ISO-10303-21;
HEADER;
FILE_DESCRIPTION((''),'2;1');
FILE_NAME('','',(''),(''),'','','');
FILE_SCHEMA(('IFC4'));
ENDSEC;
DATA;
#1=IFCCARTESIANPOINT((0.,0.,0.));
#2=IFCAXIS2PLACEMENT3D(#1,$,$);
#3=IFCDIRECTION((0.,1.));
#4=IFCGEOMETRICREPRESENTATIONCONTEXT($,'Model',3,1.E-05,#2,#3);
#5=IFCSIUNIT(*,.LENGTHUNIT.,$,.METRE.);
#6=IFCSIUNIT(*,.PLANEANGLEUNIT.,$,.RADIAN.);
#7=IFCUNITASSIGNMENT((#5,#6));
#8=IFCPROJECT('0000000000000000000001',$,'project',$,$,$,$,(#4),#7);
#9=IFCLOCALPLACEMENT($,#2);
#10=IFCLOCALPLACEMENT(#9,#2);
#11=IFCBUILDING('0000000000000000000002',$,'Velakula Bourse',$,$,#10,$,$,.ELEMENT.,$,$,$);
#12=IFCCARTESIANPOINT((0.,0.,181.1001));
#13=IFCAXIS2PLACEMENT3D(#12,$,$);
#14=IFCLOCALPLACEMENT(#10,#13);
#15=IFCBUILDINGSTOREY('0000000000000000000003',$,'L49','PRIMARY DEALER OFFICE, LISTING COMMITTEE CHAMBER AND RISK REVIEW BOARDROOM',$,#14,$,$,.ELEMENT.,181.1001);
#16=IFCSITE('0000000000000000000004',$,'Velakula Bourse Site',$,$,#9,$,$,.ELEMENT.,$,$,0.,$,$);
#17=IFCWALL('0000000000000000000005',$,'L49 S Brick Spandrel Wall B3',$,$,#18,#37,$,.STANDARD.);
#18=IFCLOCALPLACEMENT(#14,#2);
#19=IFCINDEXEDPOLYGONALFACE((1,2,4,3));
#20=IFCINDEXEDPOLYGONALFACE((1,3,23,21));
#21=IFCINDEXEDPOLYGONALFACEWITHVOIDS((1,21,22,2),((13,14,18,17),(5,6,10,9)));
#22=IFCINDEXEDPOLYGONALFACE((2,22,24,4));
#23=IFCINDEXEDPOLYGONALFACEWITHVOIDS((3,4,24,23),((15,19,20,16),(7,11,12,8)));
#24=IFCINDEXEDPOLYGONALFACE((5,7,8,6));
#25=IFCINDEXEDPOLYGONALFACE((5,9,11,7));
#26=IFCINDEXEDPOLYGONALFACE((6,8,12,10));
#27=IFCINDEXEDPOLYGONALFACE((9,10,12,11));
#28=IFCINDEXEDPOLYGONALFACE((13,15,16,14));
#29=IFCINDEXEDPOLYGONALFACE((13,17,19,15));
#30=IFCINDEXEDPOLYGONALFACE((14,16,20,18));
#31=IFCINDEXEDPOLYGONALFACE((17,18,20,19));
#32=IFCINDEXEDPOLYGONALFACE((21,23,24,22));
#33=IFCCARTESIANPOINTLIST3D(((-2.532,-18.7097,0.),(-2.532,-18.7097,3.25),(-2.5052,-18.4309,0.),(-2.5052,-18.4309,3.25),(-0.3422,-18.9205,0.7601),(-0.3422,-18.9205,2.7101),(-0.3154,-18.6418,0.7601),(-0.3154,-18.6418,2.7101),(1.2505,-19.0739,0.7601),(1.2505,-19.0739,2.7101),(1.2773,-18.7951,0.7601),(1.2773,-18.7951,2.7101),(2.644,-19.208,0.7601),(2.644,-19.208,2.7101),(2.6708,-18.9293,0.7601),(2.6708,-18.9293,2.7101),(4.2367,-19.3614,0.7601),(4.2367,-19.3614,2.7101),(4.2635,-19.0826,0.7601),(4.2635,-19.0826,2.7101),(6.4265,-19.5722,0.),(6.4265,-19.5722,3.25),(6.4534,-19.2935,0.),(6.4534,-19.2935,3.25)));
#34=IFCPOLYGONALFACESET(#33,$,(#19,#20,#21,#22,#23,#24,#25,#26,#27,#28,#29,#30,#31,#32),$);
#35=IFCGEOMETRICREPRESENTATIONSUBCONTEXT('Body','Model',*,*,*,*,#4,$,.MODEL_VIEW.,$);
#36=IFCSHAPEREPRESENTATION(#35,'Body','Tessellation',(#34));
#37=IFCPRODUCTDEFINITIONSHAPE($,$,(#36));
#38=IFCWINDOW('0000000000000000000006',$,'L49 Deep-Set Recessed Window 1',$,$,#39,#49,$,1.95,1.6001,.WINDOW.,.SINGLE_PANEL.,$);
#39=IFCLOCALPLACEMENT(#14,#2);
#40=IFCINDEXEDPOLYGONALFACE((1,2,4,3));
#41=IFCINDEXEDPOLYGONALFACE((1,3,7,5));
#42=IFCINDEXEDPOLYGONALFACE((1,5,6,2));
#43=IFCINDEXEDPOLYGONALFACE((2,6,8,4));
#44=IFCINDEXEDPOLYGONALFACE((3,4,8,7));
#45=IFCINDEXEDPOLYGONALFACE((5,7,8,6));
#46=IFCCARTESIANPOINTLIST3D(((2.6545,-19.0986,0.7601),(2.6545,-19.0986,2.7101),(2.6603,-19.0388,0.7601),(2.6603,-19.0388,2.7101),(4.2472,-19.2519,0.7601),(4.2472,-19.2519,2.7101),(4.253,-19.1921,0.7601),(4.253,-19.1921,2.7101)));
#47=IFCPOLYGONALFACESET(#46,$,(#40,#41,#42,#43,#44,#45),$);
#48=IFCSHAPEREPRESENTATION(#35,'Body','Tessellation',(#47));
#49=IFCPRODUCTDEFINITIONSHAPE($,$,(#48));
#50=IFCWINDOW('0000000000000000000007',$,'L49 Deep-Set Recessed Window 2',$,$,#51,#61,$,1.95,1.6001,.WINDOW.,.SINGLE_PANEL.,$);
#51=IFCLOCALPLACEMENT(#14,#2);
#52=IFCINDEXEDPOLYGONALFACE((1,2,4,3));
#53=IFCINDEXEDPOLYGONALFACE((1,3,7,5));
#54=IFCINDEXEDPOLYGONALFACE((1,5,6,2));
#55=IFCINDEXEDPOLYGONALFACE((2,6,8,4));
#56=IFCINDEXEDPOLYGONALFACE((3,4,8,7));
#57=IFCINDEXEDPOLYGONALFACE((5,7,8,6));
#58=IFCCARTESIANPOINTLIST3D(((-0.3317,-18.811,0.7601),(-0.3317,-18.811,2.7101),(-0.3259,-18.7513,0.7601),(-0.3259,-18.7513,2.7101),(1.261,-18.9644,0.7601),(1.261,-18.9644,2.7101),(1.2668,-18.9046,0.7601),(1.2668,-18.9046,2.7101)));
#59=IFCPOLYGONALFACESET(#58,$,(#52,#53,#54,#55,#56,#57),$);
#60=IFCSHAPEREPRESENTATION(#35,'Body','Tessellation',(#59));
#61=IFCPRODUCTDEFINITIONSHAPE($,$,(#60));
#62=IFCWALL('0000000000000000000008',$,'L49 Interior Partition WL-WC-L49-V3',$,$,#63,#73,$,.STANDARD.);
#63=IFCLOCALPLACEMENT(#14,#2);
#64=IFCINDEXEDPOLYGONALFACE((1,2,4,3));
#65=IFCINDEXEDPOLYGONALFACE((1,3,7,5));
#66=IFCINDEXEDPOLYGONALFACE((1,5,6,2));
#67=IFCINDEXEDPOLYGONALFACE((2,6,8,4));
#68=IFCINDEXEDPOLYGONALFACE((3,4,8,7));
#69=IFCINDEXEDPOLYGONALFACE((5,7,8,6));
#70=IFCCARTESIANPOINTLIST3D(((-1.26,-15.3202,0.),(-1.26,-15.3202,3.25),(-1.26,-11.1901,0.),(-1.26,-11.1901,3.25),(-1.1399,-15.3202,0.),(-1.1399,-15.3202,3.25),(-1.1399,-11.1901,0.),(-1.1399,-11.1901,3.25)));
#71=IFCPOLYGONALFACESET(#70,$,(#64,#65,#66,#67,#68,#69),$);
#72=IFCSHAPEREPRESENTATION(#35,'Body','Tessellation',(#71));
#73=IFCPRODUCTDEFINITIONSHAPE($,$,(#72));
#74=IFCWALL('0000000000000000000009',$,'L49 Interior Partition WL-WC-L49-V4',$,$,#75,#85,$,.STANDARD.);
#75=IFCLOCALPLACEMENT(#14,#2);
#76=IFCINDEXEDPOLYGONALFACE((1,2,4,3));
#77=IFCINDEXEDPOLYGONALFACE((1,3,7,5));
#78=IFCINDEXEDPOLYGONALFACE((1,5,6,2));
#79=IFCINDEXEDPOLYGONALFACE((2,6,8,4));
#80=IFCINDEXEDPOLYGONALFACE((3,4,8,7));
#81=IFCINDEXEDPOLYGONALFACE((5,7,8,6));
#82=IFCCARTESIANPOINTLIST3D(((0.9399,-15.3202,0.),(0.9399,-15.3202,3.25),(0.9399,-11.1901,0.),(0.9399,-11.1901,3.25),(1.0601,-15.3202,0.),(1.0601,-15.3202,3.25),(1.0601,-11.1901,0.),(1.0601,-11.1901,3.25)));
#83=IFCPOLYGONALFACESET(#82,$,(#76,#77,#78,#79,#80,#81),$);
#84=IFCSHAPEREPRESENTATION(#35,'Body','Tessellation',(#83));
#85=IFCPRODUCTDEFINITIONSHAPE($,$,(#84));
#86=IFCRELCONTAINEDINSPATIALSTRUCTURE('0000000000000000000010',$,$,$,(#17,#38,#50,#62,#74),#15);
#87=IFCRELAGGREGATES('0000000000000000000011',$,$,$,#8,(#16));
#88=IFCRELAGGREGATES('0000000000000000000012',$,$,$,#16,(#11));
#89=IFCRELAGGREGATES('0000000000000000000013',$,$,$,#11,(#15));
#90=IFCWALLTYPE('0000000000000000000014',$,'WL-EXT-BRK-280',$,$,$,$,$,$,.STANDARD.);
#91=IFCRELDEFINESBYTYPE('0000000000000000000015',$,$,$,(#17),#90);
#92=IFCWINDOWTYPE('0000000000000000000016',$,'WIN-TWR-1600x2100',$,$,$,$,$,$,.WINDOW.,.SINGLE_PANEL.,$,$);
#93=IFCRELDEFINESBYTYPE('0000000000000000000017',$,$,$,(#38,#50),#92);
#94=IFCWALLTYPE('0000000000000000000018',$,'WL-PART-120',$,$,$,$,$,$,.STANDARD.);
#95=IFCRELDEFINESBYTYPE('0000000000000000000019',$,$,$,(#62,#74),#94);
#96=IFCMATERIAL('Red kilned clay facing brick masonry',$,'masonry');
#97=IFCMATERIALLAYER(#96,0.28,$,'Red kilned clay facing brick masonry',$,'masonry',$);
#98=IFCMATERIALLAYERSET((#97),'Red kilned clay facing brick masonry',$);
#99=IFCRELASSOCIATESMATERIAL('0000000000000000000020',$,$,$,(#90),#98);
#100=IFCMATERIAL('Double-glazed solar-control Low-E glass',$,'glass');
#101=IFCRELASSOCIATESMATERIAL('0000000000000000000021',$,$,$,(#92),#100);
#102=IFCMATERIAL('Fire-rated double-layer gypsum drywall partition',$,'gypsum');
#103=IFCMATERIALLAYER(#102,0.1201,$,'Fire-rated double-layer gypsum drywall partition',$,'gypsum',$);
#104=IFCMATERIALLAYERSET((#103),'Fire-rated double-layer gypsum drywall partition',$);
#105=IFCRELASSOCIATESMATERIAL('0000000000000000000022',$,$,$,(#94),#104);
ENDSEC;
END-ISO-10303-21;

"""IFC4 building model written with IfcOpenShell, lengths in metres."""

from ifc_helpers import new_model, si_unit, direction, frame, frame_2d, origin, place, context, subcontext, project, spatial, rectangle, extrude, material, layer, layer_set, type_object, element, fill, save


model = new_model("IFC4")

# Units and contexts
model_context = context("Model", 3, precision=1e-05, world=origin(), true_north=direction((0.0, 1.0)))
body_context = subcontext(model_context, "Body", "Model", "MODEL_VIEW")
ifc_project = project(units=[si_unit("LENGTHUNIT", "METRE"), si_unit("PLANEANGLEUNIT", "RADIAN")], contexts=[model_context])

# Site, building, storey
site_placement = place(None, origin())
site = spatial("IfcSite", under=ifc_project, at=site_placement, Name="Velakula Bourse Site", CompositionType="ELEMENT", RefElevation=0.0)
building_placement = place(site_placement, origin())
building = spatial("IfcBuilding", under=site, at=building_placement, Name="Velakula Bourse", CompositionType="ELEMENT")
storey_placement = place(building_placement, frame((0.0, 0.0, 181.1001)))
storey = spatial("IfcBuildingStorey", under=building, at=storey_placement, Name="L49", Description="PRIMARY DEALER OFFICE, LISTING COMMITTEE CHAMBER AND RISK REVIEW BOARDROOM", CompositionType="ELEMENT", Elevation=181.1001)

# Wall, openings, windows
ifc_material_1 = material(Name="Red kilned clay facing brick masonry", Category="masonry")
ifc_layer_1 = layer(ifc_material_1, 0.28, Name="Red kilned clay facing brick masonry", Category="masonry")
ifc_layer_set_1 = layer_set([ifc_layer_1], Name="Red kilned clay facing brick masonry")
wall_type_1 = type_object("IfcWallType", Name="WL-EXT-BRK-280", PredefinedType="STANDARD", material=ifc_layer_set_1)
ifc_material_2 = material(Name="Double-glazed solar-control Low-E glass", Category="glass")
window_type = type_object("IfcWindowType", Name="WIN-TWR-1600x2100", PartitioningType="SINGLE_PANEL", PredefinedType="WINDOW", material=ifc_material_2)
wall_1_placement = place(storey_placement, frame((6.4399, -19.4329, 0.0), z_axis=(0.0, 0.0, 1.0), x_axis=(-0.995397, 0.09584, 0.0)))
wall_1 = element("IfcWall", 1, at=wall_1_placement, inside=storey, type_object=wall_type_1, Name="L49 S Brick Spandrel Wall B3", PredefinedType="STANDARD", context=body_context, shape_type="SweptSolid", body=[
    extrude(rectangle(XDim=9.0, YDim=0.28, at=frame_2d((4.5, 0.0))), origin(), (0.0, 0.0, 1.0), 3.25),
])
opening_1_placement = place(wall_1_placement, frame((2.2, 0.0, 0.76)))
opening_1 = element("IfcOpeningElement", 2, at=opening_1_placement, cuts=wall_1, PredefinedType="OPENING", context=body_context, shape_type="SweptSolid", body=[
    extrude(rectangle(XDim=1.6001, YDim=1.95, at=frame_2d((0.8, 0.9751))), frame((0.0, 0.1499, 0.0), z_axis=(0.0, -1.0, 0.0), x_axis=(1.0, 0.0, 0.0)), (0.0, 0.0, 1.0), 0.3),
])
opening_2_placement = place(wall_1_placement, frame((5.2, 0.0, 0.76)))
opening_2 = element("IfcOpeningElement", 3, at=opening_2_placement, cuts=wall_1, PredefinedType="OPENING", context=body_context, shape_type="SweptSolid", body=[
    extrude(rectangle(XDim=1.6001, YDim=1.95, at=frame_2d((0.8, 0.9751))), frame((0.0, 0.1499, 0.0), z_axis=(0.0, -1.0, 0.0), x_axis=(1.0, 0.0, 0.0)), (0.0, 0.0, 1.0), 0.3),
])
window_1_placement = place(opening_1_placement, origin())
window_1 = element("IfcWindow", 4, at=window_1_placement, inside=storey, type_object=window_type, Name="L49 Deep-Set Recessed Window 1", OverallHeight=1.95, OverallWidth=1.6001, PartitioningType="SINGLE_PANEL", PredefinedType="WINDOW", context=body_context, shape_type="SweptSolid", body=[
    extrude(rectangle(XDim=1.6001, YDim=1.95, at=frame_2d((0.8, 0.9751))), frame((0.0, 0.03, 0.0), z_axis=(0.0, -1.0, 0.0), x_axis=(1.0, 0.0, 0.0)), (0.0, 0.0, 1.0), 0.0601),
])
fill(opening_1, window_1)
window_2_placement = place(opening_2_placement, origin())
window_2 = element("IfcWindow", 5, at=window_2_placement, inside=storey, type_object=window_type, Name="L49 Deep-Set Recessed Window 2", OverallHeight=1.95, OverallWidth=1.6001, PartitioningType="SINGLE_PANEL", PredefinedType="WINDOW", context=body_context, shape_type="SweptSolid", body=[
    extrude(rectangle(XDim=1.6001, YDim=1.95, at=frame_2d((0.8, 0.9751))), frame((0.0, 0.03, 0.0), z_axis=(0.0, -1.0, 0.0), x_axis=(1.0, 0.0, 0.0)), (0.0, 0.0, 1.0), 0.0601),
])
fill(opening_2, window_2)

# Walls
ifc_material_3 = material(Name="Fire-rated double-layer gypsum drywall partition", Category="gypsum")
ifc_layer_2 = layer(ifc_material_3, 0.1201, Name="Fire-rated double-layer gypsum drywall partition", Category="gypsum")
ifc_layer_set_2 = layer_set([ifc_layer_2], Name="Fire-rated double-layer gypsum drywall partition")
wall_type_2 = type_object("IfcWallType", Name="WL-PART-120", PredefinedType="STANDARD", material=ifc_layer_set_2)
for number, where, z_axis, x_axis, name in (
    (6, (-1.2, -15.3201, 0.0), (0.0, 0.0, 1.0), (0.0, 1.0, 0.0), "L49 Interior Partition WL-WC-L49-V3"),
    (7, (1.0, -15.3201, 0.0), (0.0, 0.0, 1.0), (0.0, 1.0, 0.0), "L49 Interior Partition WL-WC-L49-V4"),
):
    element("IfcWall", number, at=place(storey_placement, frame(where, z_axis=z_axis, x_axis=x_axis)), inside=storey, type_object=wall_type_2, Name=name, PredefinedType="STANDARD", context=body_context, shape_type="SweptSolid", body=[
        extrude(rectangle(XDim=4.1301, YDim=0.1201, at=frame_2d((2.0649, 0.0))), origin(), (0.0, 0.0, 1.0), 3.25),
    ])

save(model, "model.ifc")
